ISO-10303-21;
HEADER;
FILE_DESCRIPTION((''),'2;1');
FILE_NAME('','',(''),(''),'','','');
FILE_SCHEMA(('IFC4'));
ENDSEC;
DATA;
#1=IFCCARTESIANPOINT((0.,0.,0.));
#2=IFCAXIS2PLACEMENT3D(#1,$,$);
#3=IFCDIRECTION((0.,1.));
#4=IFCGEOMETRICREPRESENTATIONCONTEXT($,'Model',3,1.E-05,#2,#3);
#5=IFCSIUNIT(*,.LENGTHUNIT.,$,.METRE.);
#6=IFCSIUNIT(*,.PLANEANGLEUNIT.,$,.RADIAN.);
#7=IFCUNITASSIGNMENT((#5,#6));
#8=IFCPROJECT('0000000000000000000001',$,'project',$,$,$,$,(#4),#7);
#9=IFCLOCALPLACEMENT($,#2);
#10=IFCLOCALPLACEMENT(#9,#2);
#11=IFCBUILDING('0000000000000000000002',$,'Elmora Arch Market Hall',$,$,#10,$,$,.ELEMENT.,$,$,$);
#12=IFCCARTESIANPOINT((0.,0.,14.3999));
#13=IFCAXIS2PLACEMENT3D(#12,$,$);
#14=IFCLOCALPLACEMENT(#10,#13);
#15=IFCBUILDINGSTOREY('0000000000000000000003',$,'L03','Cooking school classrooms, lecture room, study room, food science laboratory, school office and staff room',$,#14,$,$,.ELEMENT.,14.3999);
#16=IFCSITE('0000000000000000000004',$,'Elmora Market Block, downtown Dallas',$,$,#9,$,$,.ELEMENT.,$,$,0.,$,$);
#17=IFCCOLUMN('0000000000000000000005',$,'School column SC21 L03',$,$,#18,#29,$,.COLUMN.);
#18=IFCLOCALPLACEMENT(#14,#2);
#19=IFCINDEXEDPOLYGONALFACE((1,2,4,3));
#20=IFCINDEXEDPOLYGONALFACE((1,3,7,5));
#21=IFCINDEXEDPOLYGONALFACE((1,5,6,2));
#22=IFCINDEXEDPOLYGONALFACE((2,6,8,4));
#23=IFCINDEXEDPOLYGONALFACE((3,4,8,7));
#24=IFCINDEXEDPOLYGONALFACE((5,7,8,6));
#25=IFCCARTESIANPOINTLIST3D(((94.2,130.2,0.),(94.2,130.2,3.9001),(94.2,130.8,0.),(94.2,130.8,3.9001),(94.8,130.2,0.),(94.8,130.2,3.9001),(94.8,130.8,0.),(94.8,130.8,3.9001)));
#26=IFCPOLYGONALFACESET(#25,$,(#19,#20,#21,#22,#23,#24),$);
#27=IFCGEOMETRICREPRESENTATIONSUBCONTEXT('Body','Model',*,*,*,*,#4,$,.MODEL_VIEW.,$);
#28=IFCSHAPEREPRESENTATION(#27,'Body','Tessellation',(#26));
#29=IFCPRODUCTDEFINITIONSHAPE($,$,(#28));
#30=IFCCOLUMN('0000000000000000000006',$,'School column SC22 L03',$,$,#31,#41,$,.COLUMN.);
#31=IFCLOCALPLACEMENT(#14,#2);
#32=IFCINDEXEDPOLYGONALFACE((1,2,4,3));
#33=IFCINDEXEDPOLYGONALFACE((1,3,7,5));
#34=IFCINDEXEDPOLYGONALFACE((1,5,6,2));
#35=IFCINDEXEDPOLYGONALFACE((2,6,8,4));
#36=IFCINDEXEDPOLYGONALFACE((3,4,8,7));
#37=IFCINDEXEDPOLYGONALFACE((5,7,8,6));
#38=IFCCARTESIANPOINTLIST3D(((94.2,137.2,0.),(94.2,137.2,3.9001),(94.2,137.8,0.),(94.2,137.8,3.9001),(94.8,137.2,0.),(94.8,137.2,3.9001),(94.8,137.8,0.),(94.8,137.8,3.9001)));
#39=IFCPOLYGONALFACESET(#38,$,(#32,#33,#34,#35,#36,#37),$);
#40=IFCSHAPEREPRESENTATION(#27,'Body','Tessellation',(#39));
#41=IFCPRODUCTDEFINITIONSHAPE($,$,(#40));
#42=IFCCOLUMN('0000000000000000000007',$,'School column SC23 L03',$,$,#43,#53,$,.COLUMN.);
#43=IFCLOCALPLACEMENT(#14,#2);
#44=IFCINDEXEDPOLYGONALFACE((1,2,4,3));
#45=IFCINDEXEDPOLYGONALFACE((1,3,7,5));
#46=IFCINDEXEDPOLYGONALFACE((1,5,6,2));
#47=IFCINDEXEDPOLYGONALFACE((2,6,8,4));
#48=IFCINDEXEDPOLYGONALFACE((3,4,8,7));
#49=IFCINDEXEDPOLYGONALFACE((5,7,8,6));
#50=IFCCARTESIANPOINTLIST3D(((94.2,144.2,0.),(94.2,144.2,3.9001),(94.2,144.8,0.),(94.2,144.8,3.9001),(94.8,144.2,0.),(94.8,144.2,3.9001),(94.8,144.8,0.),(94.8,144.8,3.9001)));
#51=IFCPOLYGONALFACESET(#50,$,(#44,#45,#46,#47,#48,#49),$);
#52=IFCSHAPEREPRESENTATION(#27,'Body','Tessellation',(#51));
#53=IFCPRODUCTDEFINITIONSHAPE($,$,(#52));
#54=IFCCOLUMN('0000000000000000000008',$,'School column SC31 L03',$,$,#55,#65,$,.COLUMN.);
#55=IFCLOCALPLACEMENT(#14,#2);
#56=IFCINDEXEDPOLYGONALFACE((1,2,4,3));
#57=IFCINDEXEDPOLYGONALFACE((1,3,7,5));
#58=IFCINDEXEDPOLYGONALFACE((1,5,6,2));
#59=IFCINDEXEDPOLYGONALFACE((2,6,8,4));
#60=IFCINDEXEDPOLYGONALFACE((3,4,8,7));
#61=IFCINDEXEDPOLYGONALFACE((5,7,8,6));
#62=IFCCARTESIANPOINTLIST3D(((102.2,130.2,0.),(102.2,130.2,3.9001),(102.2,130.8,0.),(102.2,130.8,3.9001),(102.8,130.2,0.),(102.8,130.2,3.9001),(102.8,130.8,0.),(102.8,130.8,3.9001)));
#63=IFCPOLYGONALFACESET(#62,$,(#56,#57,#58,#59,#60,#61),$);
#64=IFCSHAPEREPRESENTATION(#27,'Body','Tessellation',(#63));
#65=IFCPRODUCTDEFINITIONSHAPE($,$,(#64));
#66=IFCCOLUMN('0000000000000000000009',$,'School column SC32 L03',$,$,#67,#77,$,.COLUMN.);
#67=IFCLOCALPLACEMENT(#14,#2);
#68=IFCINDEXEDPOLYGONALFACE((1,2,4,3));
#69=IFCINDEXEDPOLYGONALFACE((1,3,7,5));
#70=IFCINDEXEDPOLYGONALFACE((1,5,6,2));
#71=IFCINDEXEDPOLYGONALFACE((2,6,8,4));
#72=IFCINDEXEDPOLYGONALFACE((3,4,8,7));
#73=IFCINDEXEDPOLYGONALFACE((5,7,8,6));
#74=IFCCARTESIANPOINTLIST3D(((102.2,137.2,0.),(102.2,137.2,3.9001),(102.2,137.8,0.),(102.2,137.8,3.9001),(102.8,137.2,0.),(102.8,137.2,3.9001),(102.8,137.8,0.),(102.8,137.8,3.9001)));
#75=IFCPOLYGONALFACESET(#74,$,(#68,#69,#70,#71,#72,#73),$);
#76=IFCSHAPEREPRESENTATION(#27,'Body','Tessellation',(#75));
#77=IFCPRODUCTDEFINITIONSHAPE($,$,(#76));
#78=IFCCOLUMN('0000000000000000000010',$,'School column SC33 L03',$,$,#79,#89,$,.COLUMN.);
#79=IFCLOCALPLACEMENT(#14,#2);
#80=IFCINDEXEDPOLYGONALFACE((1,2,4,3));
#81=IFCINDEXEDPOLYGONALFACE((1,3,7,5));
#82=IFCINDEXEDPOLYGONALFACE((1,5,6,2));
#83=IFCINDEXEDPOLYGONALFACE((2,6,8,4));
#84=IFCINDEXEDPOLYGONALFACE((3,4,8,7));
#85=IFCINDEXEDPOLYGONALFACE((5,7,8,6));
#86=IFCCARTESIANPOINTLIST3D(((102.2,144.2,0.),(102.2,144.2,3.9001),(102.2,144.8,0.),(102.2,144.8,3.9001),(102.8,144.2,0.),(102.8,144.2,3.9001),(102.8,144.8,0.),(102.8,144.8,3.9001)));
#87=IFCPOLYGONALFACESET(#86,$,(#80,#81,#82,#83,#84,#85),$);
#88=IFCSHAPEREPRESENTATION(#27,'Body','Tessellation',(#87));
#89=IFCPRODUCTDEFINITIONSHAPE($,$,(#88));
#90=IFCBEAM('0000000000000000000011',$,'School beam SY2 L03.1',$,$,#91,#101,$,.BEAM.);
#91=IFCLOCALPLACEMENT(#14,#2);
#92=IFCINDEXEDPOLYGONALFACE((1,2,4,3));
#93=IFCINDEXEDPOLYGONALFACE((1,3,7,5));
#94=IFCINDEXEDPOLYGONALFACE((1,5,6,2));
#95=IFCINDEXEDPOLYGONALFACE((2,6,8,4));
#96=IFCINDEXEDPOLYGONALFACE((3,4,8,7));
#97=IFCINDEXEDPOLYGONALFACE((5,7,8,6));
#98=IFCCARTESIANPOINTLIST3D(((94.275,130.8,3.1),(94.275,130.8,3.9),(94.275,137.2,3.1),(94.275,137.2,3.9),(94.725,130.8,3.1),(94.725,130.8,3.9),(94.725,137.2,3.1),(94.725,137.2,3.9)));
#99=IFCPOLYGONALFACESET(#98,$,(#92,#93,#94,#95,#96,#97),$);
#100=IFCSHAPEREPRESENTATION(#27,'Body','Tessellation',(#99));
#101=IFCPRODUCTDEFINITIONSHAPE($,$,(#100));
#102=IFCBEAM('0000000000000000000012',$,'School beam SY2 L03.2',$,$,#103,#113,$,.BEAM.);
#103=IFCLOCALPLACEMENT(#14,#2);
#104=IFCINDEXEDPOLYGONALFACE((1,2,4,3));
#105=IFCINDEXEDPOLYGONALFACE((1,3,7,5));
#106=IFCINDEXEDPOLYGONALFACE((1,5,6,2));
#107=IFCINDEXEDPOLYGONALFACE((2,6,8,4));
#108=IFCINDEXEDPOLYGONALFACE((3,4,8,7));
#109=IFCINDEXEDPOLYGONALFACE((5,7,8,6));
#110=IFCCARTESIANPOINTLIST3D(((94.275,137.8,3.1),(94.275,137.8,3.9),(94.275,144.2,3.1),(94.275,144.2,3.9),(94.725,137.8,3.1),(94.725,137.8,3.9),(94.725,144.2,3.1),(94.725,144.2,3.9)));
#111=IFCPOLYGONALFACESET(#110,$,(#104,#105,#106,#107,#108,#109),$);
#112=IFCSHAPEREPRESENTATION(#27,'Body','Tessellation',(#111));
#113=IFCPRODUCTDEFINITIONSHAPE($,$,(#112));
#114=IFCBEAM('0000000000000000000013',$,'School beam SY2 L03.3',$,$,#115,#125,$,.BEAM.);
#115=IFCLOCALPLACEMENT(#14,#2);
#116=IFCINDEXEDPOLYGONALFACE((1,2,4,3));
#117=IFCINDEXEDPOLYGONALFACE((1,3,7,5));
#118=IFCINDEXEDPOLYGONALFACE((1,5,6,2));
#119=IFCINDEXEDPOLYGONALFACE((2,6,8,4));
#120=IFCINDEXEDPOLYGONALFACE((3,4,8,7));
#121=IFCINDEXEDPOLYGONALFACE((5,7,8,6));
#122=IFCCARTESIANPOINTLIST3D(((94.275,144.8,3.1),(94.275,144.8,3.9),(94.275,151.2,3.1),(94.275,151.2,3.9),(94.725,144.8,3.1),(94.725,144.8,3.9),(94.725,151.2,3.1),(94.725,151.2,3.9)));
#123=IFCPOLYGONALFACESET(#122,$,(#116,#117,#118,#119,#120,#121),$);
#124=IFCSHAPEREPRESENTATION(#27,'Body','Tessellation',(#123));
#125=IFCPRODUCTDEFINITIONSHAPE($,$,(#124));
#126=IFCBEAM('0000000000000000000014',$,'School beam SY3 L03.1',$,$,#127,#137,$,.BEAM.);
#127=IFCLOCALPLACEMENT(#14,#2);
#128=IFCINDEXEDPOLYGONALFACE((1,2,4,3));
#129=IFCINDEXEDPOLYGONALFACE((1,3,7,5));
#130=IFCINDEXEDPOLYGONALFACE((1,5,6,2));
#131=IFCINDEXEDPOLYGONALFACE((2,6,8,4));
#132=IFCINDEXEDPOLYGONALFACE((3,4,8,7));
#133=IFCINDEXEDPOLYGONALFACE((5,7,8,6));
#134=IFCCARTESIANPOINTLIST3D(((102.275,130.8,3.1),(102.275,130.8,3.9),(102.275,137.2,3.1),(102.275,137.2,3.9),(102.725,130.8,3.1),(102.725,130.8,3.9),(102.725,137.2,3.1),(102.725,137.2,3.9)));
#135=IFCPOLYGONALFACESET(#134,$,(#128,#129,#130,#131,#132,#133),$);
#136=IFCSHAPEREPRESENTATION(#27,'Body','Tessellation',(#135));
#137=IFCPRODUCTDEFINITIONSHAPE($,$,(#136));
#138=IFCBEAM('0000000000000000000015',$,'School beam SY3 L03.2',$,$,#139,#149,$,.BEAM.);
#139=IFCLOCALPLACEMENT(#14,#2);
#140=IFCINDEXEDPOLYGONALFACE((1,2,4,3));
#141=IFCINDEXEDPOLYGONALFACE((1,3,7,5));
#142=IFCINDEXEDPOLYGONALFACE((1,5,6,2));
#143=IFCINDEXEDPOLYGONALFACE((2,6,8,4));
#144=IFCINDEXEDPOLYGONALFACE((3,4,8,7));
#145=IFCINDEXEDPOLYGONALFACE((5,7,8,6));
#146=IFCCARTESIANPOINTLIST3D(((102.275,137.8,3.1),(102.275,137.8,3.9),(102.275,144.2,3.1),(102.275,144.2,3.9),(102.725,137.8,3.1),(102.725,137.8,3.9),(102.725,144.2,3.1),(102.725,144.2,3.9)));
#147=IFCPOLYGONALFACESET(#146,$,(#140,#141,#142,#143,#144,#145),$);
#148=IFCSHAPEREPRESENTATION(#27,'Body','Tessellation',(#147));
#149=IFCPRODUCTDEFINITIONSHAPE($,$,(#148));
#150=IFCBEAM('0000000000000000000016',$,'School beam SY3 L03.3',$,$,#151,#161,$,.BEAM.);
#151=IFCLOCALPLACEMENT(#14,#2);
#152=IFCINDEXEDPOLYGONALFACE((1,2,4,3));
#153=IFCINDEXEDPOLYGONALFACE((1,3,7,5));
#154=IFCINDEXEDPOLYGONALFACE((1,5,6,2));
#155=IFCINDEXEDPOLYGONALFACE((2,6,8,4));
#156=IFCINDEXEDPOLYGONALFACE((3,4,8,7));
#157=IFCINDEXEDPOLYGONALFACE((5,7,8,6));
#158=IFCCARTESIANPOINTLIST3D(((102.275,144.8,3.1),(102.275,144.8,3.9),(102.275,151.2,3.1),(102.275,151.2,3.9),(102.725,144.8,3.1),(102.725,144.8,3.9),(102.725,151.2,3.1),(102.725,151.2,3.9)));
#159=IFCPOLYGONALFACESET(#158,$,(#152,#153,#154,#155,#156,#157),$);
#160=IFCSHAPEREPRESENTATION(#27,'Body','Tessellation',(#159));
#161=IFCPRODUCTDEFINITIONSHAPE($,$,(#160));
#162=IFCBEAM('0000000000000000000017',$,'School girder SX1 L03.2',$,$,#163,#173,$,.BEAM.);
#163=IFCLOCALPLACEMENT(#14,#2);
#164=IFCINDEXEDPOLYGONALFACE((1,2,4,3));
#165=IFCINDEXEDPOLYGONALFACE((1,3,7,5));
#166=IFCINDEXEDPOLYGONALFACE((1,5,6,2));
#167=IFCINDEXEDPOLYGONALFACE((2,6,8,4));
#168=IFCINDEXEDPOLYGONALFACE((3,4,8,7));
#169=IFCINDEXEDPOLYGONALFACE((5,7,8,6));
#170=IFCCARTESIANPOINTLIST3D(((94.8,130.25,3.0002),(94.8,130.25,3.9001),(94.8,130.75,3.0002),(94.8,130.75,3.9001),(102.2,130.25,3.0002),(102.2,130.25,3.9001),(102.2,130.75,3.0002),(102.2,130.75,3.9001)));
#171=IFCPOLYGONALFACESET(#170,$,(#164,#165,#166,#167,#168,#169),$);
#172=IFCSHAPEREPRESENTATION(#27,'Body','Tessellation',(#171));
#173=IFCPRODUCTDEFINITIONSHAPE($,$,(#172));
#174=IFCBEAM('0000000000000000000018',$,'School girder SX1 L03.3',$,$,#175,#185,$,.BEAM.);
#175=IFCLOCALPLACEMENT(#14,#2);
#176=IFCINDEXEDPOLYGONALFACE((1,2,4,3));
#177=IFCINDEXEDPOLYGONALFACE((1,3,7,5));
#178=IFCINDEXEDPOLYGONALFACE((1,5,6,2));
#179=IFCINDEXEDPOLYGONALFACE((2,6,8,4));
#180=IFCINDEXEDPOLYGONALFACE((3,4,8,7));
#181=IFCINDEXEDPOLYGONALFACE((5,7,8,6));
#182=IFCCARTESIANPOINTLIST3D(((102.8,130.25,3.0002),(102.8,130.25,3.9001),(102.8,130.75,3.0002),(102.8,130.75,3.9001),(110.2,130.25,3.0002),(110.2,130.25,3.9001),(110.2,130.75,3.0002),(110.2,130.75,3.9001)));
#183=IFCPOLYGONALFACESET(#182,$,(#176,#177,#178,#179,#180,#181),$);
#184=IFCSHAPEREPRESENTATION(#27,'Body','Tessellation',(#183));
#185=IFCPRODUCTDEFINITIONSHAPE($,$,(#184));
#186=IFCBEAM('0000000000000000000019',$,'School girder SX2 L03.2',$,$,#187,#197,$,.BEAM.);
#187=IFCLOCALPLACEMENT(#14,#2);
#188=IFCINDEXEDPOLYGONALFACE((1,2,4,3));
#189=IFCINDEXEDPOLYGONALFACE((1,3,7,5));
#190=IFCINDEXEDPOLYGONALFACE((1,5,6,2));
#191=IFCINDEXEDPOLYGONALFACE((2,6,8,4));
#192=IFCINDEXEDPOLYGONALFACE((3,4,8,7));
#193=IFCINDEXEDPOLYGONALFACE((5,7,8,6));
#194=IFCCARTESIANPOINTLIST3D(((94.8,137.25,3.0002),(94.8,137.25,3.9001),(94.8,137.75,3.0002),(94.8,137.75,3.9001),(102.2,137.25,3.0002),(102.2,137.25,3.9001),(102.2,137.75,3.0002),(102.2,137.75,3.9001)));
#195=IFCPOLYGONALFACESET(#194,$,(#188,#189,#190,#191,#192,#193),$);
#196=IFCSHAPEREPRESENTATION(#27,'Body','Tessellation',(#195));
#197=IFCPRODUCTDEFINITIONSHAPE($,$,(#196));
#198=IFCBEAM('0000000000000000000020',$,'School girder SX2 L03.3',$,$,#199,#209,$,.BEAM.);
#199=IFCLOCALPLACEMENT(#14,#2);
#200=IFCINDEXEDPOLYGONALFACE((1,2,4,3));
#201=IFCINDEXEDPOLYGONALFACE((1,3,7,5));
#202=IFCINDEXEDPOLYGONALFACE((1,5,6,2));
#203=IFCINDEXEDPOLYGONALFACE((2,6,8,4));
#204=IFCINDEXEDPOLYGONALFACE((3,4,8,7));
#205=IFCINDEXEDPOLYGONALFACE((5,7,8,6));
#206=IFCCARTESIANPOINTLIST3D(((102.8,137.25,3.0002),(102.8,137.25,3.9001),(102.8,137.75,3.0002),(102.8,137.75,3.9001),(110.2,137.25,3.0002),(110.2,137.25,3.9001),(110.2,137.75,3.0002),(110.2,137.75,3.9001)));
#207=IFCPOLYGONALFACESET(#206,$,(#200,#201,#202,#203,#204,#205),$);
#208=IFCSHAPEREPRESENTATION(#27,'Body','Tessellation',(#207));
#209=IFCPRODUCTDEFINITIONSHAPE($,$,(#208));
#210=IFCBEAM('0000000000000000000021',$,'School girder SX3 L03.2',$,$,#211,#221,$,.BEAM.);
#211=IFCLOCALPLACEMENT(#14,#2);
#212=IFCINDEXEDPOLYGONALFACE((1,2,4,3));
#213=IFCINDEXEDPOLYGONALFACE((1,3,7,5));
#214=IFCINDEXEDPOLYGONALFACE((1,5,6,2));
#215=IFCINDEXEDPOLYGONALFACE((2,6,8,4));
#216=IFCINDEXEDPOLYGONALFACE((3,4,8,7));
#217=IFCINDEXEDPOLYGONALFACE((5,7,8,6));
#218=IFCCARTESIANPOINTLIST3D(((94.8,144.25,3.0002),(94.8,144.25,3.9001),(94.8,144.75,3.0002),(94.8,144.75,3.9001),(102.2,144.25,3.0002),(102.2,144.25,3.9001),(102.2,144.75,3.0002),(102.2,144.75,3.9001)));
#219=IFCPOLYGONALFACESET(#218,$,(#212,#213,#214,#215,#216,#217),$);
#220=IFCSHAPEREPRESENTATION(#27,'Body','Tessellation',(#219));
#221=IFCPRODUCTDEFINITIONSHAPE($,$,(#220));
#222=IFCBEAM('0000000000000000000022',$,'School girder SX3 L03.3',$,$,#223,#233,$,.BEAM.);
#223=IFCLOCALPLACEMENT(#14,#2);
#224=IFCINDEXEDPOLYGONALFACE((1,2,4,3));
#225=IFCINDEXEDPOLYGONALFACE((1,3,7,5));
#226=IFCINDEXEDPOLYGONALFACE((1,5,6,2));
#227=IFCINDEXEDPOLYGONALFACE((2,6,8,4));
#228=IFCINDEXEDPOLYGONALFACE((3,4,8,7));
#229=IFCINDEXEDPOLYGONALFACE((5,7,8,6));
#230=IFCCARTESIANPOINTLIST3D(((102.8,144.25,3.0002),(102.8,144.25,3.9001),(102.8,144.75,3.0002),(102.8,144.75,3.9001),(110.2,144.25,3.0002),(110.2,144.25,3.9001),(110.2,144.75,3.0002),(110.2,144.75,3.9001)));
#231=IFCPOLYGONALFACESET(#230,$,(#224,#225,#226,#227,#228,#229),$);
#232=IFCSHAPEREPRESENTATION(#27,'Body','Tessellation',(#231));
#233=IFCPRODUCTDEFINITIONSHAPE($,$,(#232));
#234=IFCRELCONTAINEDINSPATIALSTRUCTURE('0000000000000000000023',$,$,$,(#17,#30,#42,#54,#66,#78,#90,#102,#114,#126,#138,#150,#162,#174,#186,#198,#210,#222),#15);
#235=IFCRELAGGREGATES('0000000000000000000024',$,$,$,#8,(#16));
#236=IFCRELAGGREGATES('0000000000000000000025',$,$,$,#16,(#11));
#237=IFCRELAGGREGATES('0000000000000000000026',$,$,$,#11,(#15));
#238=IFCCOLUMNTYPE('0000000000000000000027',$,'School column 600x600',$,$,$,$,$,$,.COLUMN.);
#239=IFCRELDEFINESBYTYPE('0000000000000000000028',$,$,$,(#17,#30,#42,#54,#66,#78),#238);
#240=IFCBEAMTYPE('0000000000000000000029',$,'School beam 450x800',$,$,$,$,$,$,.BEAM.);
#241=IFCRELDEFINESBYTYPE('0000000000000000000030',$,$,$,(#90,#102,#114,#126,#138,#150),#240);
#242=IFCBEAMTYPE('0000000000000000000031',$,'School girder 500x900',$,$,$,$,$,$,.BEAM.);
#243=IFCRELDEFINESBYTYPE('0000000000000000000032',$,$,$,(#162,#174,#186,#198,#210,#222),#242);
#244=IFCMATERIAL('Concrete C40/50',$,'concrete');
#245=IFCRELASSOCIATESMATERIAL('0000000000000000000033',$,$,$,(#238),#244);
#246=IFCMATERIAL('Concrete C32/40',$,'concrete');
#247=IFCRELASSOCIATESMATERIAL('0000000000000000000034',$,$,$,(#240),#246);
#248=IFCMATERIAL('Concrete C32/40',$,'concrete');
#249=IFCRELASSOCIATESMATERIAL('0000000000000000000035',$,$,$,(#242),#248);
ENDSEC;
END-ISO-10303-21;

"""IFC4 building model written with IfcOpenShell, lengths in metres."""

from ifc_helpers import new_model, si_unit, direction, frame, origin, origin_2d, place, context, subcontext, project, spatial, rectangle, extrude, material, material_profile, profile_set, type_object, element, save


model = new_model("IFC4")

# Units and contexts
model_context = context("Model", 3, precision=1e-05, world=origin(), true_north=direction((0.0, 1.0)))
body_context = subcontext(model_context, "Body", "Model", "MODEL_VIEW")
ifc_project = project(units=[si_unit("LENGTHUNIT", "METRE"), si_unit("PLANEANGLEUNIT", "RADIAN")], contexts=[model_context])

# Site, building, storey
site_placement = place(None, origin())
site = spatial("IfcSite", under=ifc_project, at=site_placement, Name="Elmora Market Block, downtown Dallas", CompositionType="ELEMENT", RefElevation=0.0)
building_placement = place(site_placement, origin())
building = spatial("IfcBuilding", under=site, at=building_placement, Name="Elmora Arch Market Hall", CompositionType="ELEMENT")
storey_placement = place(building_placement, frame((0.0, 0.0, 14.3999)))
storey = spatial("IfcBuildingStorey", under=building, at=storey_placement, Name="L03", Description="Cooking school classrooms, lecture room, study room, food science laboratory, school office and staff room", CompositionType="ELEMENT", Elevation=14.3999)

# Columns
ifc_material_1 = material(Name="Concrete C40/50", Category="concrete")
ifc_material_profile_1 = material_profile(ifc_material_1, rectangle(XDim=0.6001, YDim=0.6001, at=origin_2d()), Name="School column 600x600")
ifc_profile_set_1 = profile_set([ifc_material_profile_1], Name="Concrete C40/50")
column_type = type_object("IfcColumnType", Name="School column 600x600", PredefinedType="COLUMN", material=ifc_profile_set_1)
for number, where, z_axis, x_axis, name in (
    (1, (94.5, 130.5, 0.0), (0.0, 0.0, 1.0), (1.0, 0.0, 0.0), "School column SC21 L03"),
    (2, (94.5, 137.5, 0.0), (0.0, 0.0, 1.0), (1.0, 0.0, 0.0), "School column SC22 L03"),
    (3, (94.5, 144.5, 0.0), (0.0, 0.0, 1.0), (1.0, 0.0, 0.0), "School column SC23 L03"),
    (4, (102.5, 130.5, 0.0), (0.0, 0.0, 1.0), (1.0, 0.0, 0.0), "School column SC31 L03"),
    (5, (102.5, 137.5, 0.0), (0.0, 0.0, 1.0), (1.0, 0.0, 0.0), "School column SC32 L03"),
    (6, (102.5, 144.5, 0.0), (0.0, 0.0, 1.0), (1.0, 0.0, 0.0), "School column SC33 L03"),
):
    element("IfcColumn", number, at=place(storey_placement, frame(where, z_axis=z_axis, x_axis=x_axis)), inside=storey, type_object=column_type, Name=name, PredefinedType="COLUMN", context=body_context, shape_type="SweptSolid", body=[
        extrude(rectangle(XDim=0.6001, YDim=0.6001, at=origin_2d()), origin(), (0.0, 0.0, 1.0), 3.9001),
    ])

# Beams
ifc_material_2 = material(Name="Concrete C32/40", Category="concrete")
ifc_material_profile_2 = material_profile(ifc_material_2, rectangle(XDim=0.45, YDim=0.8, at=origin_2d()), Name="School beam 450x800")
ifc_profile_set_2 = profile_set([ifc_material_profile_2], Name="Concrete C32/40")
beam_type_1 = type_object("IfcBeamType", Name="School beam 450x800", PredefinedType="BEAM", material=ifc_profile_set_2)
for number, where, z_axis, x_axis, name in (
    (7, (94.5, 130.8, 3.5), (0.0, 1.0, 0.0), (-1.0, 0.0, 0.0), "School beam SY2 L03.1"),
    (8, (94.5, 137.8, 3.5), (0.0, 1.0, 0.0), (-1.0, 0.0, 0.0), "School beam SY2 L03.2"),
    (9, (94.5, 144.8, 3.5), (0.0, 1.0, 0.0), (-1.0, 0.0, 0.0), "School beam SY2 L03.3"),
    (10, (102.5, 130.8, 3.5), (0.0, 1.0, 0.0), (-1.0, 0.0, 0.0), "School beam SY3 L03.1"),
    (11, (102.5, 137.8, 3.5), (0.0, 1.0, 0.0), (-1.0, 0.0, 0.0), "School beam SY3 L03.2"),
    (12, (102.5, 144.8, 3.5), (0.0, 1.0, 0.0), (-1.0, 0.0, 0.0), "School beam SY3 L03.3"),
):
    element("IfcBeam", number, at=place(storey_placement, frame(where, z_axis=z_axis, x_axis=x_axis)), inside=storey, type_object=beam_type_1, Name=name, PredefinedType="BEAM", context=body_context, shape_type="SweptSolid", body=[
        extrude(rectangle(XDim=0.45, YDim=0.8, at=origin_2d()), origin(), (0.0, 0.0, 1.0), 6.3999),
    ])
ifc_material_3 = material(Name="Concrete C32/40", Category="concrete")
ifc_material_profile_3 = material_profile(ifc_material_3, rectangle(XDim=0.5, YDim=0.8999, at=origin_2d()), Name="School girder 500x900")
ifc_profile_set_3 = profile_set([ifc_material_profile_3], Name="Concrete C32/40")
beam_type_2 = type_object("IfcBeamType", Name="School girder 500x900", PredefinedType="BEAM", material=ifc_profile_set_3)
for number, where, z_axis, x_axis, name in (
    (13, (94.8, 130.5, 3.4502), (1.0, 0.0, 0.0), (0.0, 1.0, 0.0), "School girder SX1 L03.2"),
    (14, (102.8, 130.5, 3.4502), (1.0, 0.0, 0.0), (0.0, 1.0, 0.0), "School girder SX1 L03.3"),
    (15, (94.8, 137.5, 3.4502), (1.0, 0.0, 0.0), (0.0, 1.0, 0.0), "School girder SX2 L03.2"),
    (16, (102.8, 137.5, 3.4502), (1.0, 0.0, 0.0), (0.0, 1.0, 0.0), "School girder SX2 L03.3"),
    (17, (94.8, 144.5, 3.4502), (1.0, 0.0, 0.0), (0.0, 1.0, 0.0), "School girder SX3 L03.2"),
    (18, (102.8, 144.5, 3.4502), (1.0, 0.0, 0.0), (0.0, 1.0, 0.0), "School girder SX3 L03.3"),
):
    element("IfcBeam", number, at=place(storey_placement, frame(where, z_axis=z_axis, x_axis=x_axis)), inside=storey, type_object=beam_type_2, Name=name, PredefinedType="BEAM", context=body_context, shape_type="SweptSolid", body=[
        extrude(rectangle(XDim=0.5, YDim=0.8999, at=origin_2d()), origin(), (0.0, 0.0, 1.0), 7.3999),
    ])

save(model, "model.ifc")
